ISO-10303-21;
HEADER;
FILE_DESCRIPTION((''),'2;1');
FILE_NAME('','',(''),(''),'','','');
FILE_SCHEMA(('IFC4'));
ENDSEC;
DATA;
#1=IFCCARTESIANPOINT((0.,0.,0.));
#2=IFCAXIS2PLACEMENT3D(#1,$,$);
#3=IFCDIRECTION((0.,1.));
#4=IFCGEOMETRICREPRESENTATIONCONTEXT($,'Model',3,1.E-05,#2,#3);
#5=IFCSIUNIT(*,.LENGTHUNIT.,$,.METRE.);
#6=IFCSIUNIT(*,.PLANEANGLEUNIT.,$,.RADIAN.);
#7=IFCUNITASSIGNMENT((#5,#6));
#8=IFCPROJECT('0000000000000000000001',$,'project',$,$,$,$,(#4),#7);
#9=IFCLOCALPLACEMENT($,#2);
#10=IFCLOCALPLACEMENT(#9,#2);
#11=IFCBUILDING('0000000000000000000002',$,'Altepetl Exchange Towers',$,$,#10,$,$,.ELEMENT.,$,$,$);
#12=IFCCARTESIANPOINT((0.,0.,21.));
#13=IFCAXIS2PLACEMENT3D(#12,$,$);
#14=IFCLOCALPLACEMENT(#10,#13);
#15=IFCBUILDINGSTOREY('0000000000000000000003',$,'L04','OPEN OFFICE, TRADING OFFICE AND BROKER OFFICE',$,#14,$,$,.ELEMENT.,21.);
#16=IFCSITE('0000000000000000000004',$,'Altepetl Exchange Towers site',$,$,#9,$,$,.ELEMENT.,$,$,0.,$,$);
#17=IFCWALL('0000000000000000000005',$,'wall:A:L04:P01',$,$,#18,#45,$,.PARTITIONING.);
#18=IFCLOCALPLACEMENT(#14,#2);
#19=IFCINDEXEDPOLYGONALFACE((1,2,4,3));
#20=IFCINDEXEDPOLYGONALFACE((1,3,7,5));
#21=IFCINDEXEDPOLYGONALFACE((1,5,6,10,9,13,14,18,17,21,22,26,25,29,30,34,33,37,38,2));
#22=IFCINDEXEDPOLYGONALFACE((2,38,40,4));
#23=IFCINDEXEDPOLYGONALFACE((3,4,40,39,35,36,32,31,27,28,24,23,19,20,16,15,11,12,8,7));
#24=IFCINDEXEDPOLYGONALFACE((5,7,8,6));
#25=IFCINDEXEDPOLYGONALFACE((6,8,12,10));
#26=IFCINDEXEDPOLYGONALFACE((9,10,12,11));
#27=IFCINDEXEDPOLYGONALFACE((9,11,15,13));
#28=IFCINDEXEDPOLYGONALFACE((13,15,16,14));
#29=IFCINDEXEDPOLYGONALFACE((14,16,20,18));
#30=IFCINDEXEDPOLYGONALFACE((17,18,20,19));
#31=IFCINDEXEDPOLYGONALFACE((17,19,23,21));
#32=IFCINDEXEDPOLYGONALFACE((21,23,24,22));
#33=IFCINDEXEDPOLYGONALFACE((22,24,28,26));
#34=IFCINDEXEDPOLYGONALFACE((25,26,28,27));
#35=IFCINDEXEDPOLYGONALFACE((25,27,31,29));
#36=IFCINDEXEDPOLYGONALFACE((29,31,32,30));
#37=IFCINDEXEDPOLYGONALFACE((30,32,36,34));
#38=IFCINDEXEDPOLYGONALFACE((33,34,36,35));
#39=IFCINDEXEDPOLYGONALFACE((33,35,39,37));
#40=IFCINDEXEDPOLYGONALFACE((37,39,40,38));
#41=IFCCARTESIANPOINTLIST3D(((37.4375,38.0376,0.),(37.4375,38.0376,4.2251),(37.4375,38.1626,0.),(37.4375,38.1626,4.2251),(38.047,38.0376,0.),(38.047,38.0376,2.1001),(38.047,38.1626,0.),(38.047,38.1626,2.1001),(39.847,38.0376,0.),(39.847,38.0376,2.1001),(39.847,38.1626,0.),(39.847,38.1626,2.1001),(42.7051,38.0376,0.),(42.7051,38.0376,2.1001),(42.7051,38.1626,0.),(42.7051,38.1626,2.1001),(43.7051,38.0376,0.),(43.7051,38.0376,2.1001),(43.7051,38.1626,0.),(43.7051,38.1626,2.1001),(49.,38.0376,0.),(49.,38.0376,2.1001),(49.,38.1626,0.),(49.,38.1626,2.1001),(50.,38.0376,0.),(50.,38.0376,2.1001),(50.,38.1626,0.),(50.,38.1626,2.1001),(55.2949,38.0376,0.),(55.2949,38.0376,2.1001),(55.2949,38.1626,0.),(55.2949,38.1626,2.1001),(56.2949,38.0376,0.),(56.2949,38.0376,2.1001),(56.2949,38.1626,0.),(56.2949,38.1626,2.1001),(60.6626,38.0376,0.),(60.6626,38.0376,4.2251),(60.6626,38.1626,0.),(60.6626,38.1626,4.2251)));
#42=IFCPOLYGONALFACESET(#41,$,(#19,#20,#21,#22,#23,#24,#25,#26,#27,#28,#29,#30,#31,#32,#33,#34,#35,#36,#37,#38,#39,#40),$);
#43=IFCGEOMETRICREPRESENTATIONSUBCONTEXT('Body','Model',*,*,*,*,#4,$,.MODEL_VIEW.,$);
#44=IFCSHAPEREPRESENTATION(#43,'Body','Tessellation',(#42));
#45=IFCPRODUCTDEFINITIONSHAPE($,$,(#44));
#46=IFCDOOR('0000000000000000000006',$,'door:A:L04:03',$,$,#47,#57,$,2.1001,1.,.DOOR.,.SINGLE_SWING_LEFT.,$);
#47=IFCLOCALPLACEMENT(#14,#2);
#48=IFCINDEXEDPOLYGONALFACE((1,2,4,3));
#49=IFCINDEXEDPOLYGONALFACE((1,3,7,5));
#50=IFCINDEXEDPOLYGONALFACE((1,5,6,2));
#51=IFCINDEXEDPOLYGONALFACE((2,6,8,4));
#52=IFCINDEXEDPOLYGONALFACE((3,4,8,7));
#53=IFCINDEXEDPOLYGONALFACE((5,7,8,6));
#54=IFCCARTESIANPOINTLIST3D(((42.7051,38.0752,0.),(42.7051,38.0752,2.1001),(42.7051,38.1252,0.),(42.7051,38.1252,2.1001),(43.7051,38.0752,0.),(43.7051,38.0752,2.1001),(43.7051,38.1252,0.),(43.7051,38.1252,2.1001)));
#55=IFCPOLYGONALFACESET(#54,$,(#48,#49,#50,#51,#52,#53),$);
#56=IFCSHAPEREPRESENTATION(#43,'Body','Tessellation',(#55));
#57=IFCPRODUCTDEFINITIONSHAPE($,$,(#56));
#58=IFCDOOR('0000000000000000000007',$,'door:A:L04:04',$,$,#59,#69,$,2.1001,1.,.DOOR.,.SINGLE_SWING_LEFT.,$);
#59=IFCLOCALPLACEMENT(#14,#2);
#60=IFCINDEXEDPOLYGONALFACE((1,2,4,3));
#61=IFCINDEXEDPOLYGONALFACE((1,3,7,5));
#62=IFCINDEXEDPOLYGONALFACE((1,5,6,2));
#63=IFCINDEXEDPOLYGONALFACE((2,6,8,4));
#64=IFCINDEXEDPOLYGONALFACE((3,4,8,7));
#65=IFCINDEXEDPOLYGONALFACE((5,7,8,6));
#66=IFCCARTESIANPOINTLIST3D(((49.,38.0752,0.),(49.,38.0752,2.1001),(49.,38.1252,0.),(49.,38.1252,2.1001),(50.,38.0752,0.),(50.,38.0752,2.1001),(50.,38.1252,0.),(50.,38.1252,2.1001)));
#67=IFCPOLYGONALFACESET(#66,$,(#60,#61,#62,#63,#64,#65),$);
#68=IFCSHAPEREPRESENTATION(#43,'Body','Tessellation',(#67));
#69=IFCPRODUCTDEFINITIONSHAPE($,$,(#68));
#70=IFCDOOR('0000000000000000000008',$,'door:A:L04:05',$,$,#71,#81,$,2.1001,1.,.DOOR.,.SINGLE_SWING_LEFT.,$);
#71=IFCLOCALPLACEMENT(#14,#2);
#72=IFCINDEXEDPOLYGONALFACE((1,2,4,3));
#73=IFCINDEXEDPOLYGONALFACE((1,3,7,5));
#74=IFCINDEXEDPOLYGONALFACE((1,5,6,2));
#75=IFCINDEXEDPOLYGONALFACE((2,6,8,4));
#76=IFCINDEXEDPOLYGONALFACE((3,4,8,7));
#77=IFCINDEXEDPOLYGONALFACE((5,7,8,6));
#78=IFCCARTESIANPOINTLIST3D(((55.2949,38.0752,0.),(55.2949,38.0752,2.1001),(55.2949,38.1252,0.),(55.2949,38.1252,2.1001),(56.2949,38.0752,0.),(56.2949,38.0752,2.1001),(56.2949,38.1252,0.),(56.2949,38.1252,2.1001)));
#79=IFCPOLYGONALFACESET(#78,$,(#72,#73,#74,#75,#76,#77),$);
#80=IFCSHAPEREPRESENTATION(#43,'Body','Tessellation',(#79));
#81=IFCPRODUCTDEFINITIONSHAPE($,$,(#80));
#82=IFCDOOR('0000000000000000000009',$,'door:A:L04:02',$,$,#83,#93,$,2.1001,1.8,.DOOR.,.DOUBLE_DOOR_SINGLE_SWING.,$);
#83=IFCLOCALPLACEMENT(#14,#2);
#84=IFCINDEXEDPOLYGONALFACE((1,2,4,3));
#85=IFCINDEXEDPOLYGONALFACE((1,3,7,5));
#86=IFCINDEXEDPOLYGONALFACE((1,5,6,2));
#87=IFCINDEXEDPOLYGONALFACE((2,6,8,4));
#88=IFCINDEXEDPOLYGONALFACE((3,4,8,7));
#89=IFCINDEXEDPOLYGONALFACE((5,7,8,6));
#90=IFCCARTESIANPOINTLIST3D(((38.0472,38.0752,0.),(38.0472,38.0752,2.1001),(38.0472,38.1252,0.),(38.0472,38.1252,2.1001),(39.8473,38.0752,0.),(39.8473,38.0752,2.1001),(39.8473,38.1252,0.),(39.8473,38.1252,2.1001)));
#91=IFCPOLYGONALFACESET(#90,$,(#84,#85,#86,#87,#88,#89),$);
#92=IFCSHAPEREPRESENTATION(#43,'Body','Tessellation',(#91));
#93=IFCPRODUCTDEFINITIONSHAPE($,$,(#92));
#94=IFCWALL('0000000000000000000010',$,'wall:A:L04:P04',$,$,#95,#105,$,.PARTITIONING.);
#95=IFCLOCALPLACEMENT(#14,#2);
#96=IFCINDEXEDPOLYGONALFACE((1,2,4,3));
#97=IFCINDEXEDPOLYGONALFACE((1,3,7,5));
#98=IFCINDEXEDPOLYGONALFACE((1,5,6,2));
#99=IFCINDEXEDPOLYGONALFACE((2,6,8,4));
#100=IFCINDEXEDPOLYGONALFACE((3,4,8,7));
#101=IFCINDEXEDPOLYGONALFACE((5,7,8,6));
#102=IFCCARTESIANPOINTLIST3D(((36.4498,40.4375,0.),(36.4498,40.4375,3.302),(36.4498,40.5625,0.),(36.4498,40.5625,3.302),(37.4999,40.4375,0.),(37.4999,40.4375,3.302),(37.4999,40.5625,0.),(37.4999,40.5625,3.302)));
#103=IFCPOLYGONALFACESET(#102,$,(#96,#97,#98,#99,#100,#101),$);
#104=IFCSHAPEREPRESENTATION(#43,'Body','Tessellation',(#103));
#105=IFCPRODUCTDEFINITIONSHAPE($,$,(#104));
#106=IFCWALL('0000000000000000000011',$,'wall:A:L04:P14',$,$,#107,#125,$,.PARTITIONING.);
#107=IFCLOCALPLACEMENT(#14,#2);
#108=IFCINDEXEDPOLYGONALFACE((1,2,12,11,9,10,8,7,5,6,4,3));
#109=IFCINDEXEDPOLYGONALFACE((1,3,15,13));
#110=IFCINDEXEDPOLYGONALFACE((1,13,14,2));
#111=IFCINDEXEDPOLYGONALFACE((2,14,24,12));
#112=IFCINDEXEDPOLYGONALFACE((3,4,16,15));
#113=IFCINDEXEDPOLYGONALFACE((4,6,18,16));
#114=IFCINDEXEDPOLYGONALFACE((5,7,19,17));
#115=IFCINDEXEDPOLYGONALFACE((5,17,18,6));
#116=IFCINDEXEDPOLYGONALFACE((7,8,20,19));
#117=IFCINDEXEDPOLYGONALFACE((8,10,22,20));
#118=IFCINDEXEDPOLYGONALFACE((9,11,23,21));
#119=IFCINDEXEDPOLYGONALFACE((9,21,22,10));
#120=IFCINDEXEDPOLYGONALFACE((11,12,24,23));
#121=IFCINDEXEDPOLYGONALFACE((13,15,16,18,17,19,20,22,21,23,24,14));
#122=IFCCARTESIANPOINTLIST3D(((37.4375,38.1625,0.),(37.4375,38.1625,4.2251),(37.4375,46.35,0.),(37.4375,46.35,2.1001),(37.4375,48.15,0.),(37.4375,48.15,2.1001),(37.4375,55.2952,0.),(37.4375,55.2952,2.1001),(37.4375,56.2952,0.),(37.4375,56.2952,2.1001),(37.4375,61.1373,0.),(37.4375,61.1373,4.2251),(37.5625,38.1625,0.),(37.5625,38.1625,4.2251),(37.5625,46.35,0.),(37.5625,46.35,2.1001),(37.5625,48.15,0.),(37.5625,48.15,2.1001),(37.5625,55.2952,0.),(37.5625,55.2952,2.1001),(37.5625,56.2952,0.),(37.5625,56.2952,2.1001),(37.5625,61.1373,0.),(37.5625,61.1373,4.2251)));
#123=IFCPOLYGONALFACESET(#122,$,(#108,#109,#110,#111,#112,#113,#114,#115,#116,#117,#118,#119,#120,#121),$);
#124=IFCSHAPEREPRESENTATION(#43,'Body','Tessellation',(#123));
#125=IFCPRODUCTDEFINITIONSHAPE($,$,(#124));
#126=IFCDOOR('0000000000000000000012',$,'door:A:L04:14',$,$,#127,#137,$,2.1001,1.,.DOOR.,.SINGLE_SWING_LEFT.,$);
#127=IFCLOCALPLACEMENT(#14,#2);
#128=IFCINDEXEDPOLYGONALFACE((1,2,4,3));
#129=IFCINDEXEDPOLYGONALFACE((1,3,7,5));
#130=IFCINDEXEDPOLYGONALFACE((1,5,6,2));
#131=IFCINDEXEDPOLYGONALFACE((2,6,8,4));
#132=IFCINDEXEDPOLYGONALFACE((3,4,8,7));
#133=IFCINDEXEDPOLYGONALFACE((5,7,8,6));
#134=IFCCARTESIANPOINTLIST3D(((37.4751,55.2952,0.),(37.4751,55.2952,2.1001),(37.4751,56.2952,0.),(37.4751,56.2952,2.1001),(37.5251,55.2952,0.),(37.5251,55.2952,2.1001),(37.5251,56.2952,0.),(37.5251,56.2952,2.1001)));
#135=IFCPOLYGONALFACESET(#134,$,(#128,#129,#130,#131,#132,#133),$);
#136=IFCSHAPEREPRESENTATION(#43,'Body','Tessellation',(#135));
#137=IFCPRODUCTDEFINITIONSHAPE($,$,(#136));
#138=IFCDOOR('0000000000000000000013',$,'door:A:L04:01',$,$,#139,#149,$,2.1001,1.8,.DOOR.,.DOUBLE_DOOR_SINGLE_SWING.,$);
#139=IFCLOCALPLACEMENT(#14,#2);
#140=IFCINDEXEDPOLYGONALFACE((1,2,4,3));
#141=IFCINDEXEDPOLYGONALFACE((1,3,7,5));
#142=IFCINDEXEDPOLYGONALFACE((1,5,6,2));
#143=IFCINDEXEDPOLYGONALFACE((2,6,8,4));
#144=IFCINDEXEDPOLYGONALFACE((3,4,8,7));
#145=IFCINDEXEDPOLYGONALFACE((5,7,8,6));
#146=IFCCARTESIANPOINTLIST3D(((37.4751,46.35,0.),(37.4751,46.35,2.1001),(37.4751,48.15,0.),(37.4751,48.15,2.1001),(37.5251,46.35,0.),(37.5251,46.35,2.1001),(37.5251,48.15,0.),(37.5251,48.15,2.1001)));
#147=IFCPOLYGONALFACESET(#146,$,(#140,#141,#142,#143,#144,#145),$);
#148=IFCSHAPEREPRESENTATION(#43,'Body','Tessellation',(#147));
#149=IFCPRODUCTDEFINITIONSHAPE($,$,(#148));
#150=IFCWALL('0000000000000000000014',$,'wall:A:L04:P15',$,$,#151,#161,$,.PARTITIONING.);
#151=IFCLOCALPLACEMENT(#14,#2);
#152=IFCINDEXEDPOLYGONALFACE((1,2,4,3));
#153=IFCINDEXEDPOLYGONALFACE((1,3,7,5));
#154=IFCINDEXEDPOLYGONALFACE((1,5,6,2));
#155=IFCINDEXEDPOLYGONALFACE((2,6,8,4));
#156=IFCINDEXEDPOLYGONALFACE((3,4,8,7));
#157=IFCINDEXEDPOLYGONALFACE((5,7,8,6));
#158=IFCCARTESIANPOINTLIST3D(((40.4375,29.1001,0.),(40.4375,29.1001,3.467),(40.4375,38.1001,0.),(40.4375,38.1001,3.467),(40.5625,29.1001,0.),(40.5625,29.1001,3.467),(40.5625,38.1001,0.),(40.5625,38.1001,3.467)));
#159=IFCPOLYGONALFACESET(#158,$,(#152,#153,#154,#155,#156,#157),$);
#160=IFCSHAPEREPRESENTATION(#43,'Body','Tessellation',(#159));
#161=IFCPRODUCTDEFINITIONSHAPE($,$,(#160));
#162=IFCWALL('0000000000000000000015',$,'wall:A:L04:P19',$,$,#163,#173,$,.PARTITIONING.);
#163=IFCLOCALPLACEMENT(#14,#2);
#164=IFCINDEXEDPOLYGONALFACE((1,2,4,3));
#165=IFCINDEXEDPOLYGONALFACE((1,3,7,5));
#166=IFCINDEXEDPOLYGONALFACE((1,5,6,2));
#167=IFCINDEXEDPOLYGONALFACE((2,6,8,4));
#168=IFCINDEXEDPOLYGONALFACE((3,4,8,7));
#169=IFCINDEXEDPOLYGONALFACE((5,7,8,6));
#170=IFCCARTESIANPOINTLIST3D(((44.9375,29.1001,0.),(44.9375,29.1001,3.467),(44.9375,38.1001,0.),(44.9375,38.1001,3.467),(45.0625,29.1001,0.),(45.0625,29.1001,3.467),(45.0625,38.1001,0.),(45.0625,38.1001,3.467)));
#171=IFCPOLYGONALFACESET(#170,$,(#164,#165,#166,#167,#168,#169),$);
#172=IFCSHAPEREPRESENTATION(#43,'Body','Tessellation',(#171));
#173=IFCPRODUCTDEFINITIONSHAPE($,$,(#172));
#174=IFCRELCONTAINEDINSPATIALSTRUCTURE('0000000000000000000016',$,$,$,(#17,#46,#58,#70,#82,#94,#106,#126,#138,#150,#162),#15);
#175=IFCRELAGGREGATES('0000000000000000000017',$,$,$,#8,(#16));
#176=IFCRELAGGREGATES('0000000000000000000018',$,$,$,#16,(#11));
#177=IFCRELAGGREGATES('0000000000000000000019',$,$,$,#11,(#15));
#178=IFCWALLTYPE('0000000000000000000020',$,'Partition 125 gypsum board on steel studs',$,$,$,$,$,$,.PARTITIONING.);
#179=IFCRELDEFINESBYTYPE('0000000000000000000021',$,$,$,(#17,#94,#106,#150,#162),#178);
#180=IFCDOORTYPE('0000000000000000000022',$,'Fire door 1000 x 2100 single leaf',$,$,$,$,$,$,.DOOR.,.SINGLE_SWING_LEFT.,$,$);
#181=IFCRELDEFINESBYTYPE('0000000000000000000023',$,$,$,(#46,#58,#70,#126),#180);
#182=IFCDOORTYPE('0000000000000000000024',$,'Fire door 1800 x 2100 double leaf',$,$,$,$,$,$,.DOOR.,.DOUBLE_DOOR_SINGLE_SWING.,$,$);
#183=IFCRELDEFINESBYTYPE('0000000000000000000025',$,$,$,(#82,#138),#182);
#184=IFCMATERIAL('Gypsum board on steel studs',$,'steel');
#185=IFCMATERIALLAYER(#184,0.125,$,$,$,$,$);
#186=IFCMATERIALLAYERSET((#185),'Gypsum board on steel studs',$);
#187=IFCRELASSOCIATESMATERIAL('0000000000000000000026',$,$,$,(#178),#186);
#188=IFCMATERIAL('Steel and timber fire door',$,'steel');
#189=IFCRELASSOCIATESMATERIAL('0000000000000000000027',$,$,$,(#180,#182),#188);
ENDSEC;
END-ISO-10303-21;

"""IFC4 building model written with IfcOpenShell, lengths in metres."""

from ifc_helpers import new_model, si_unit, direction, frame, frame_2d, origin, place, context, subcontext, project, spatial, rectangle, extrude, material, layer, layer_set, type_object, element, fill, save


model = new_model("IFC4")

# Units and contexts
model_context = context("Model", 3, precision=1e-05, world=origin(), true_north=direction((0.0, 1.0)))
body_context = subcontext(model_context, "Body", "Model", "MODEL_VIEW")
ifc_project = project(units=[si_unit("LENGTHUNIT", "METRE"), si_unit("PLANEANGLEUNIT", "RADIAN")], contexts=[model_context])

# Site, building, storey
site_placement = place(None, origin())
site = spatial("IfcSite", under=ifc_project, at=site_placement, Name="Altepetl Exchange Towers site", CompositionType="ELEMENT", RefElevation=0.0)
building_placement = place(site_placement, origin())
building = spatial("IfcBuilding", under=site, at=building_placement, Name="Altepetl Exchange Towers", CompositionType="ELEMENT")
storey_placement = place(building_placement, frame((0.0, 0.0, 21.0)))
storey = spatial("IfcBuildingStorey", under=building, at=storey_placement, Name="L04", Description="OPEN OFFICE, TRADING OFFICE AND BROKER OFFICE", CompositionType="ELEMENT", Elevation=21.0)

# Wall, openings, doors
ifc_material_1 = material(Name="Steel and timber fire door", Category="steel")
ifc_material_2 = material(Name="Gypsum board on steel studs", Category="steel")
ifc_layer_1 = layer(ifc_material_2, 0.125)
ifc_layer_set_1 = layer_set([ifc_layer_1], Name="Gypsum board on steel studs")
wall_type_1 = type_object("IfcWallType", Name="Partition 125 gypsum board on steel studs", PredefinedType="PARTITIONING", material=ifc_layer_set_1)
wall_1_placement = place(storey_placement, frame((37.4375, 38.1001, 0.0)))
wall_1 = element("IfcWall", 1, at=wall_1_placement, inside=storey, type_object=wall_type_1, Name="wall:A:L04:P01", PredefinedType="PARTITIONING", context=body_context, shape_type="SweptSolid", body=[
    extrude(rectangle(XDim=23.2251, YDim=0.125, at=frame_2d((11.6125, 0.0))), origin(), (0.0, 0.0, 1.0), 4.2251),
])
opening_1_placement = place(wall_1_placement, frame((0.6096, 0.0, 0.0)))
opening_1 = element("IfcOpeningElement", 2, at=opening_1_placement, cuts=wall_1, PredefinedType="OPENING", context=body_context, shape_type="SweptSolid", body=[
    extrude(rectangle(XDim=1.8, YDim=2.1001, at=frame_2d((0.8999, 1.05))), frame((0.0, 0.0725, 0.0), z_axis=(0.0, -1.0, 0.0), x_axis=(1.0, 0.0, 0.0)), (0.0, 0.0, 1.0), 0.145),
])
opening_2_placement = place(wall_1_placement, frame((5.2676, 0.0, 0.0)))
opening_2 = element("IfcOpeningElement", 3, at=opening_2_placement, cuts=wall_1, PredefinedType="OPENING", context=body_context, shape_type="SweptSolid", body=[
    extrude(rectangle(XDim=1.0, YDim=2.1001, at=frame_2d((0.5, 1.05))), frame((0.0, 0.0725, 0.0), z_axis=(0.0, -1.0, 0.0), x_axis=(1.0, 0.0, 0.0)), (0.0, 0.0, 1.0), 0.145),
])
opening_3_placement = place(wall_1_placement, frame((11.5625, 0.0, 0.0)))
opening_3 = element("IfcOpeningElement", 4, at=opening_3_placement, cuts=wall_1, PredefinedType="OPENING", context=body_context, shape_type="SweptSolid", body=[
    extrude(rectangle(XDim=1.0, YDim=2.1001, at=frame_2d((0.5, 1.05))), frame((0.0, 0.0725, 0.0), z_axis=(0.0, -1.0, 0.0), x_axis=(1.0, 0.0, 0.0)), (0.0, 0.0, 1.0), 0.145),
])
opening_4_placement = place(wall_1_placement, frame((17.8574, 0.0, 0.0)))
opening_4 = element("IfcOpeningElement", 5, at=opening_4_placement, cuts=wall_1, PredefinedType="OPENING", context=body_context, shape_type="SweptSolid", body=[
    extrude(rectangle(XDim=1.0, YDim=2.1001, at=frame_2d((0.5, 1.05))), frame((0.0, 0.0725, 0.0), z_axis=(0.0, -1.0, 0.0), x_axis=(1.0, 0.0, 0.0)), (0.0, 0.0, 1.0), 0.145),
])
door_type_1 = type_object("IfcDoorType", Name="Fire door 1000 x 2100 single leaf", OperationType="SINGLE_SWING_LEFT", PredefinedType="DOOR", material=ifc_material_1)
door_1_placement = place(opening_2_placement, frame((1.0, 0.0, 0.0), x_axis=(-1.0, 0.0, 0.0)))
door_1 = element("IfcDoor", 6, at=door_1_placement, inside=storey, type_object=door_type_1, Name="door:A:L04:03", OperationType="SINGLE_SWING_LEFT", OverallHeight=2.1001, OverallWidth=1.0, PredefinedType="DOOR", context=body_context, shape_type="SweptSolid", body=[
    extrude(rectangle(XDim=1.0, YDim=2.1001, at=frame_2d((0.5, 1.05))), frame((0.0, 0.0249, 0.0), z_axis=(0.0, -1.0, 0.0), x_axis=(1.0, 0.0, 0.0)), (0.0, 0.0, 1.0), 0.05),
])
fill(opening_2, door_1)
door_2_placement = place(opening_3_placement, frame((1.0, 0.0, 0.0), x_axis=(-1.0, 0.0, 0.0)))
door_2 = element("IfcDoor", 7, at=door_2_placement, inside=storey, type_object=door_type_1, Name="door:A:L04:04", OperationType="SINGLE_SWING_LEFT", OverallHeight=2.1001, OverallWidth=1.0, PredefinedType="DOOR", context=body_context, shape_type="SweptSolid", body=[
    extrude(rectangle(XDim=1.0, YDim=2.1001, at=frame_2d((0.5, 1.05))), frame((0.0, 0.0249, 0.0), z_axis=(0.0, -1.0, 0.0), x_axis=(1.0, 0.0, 0.0)), (0.0, 0.0, 1.0), 0.05),
])
fill(opening_3, door_2)
door_3_placement = place(opening_4_placement, frame((1.0, 0.0, 0.0), x_axis=(-1.0, 0.0, 0.0)))
door_3 = element("IfcDoor", 8, at=door_3_placement, inside=storey, type_object=door_type_1, Name="door:A:L04:05", OperationType="SINGLE_SWING_LEFT", OverallHeight=2.1001, OverallWidth=1.0, PredefinedType="DOOR", context=body_context, shape_type="SweptSolid", body=[
    extrude(rectangle(XDim=1.0, YDim=2.1001, at=frame_2d((0.5, 1.05))), frame((0.0, 0.0249, 0.0), z_axis=(0.0, -1.0, 0.0), x_axis=(1.0, 0.0, 0.0)), (0.0, 0.0, 1.0), 0.05),
])
fill(opening_4, door_3)
door_type_2 = type_object("IfcDoorType", Name="Fire door 1800 x 2100 double leaf", OperationType="DOUBLE_DOOR_SINGLE_SWING", PredefinedType="DOOR", material=ifc_material_1)
door_4_placement = place(opening_1_placement, frame((1.8, 0.0, 0.0), x_axis=(-1.0, 0.0, 0.0)))
door_4 = element("IfcDoor", 9, at=door_4_placement, inside=storey, type_object=door_type_2, Name="door:A:L04:02", OperationType="DOUBLE_DOOR_SINGLE_SWING", OverallHeight=2.1001, OverallWidth=1.8, PredefinedType="DOOR", context=body_context, shape_type="SweptSolid", body=[
    extrude(rectangle(XDim=1.8, YDim=2.1001, at=frame_2d((0.8999, 1.05))), frame((0.0, 0.0249, 0.0), z_axis=(0.0, -1.0, 0.0), x_axis=(1.0, 0.0, 0.0)), (0.0, 0.0, 1.0), 0.05),
])
fill(opening_1, door_4)

# Wall
wall_2_placement = place(storey_placement, frame((36.45, 40.5, 0.0)))
element("IfcWall", 10, at=wall_2_placement, inside=storey, type_object=wall_type_1, Name="wall:A:L04:P04", PredefinedType="PARTITIONING", context=body_context, shape_type="SweptSolid", body=[
    extrude(rectangle(XDim=1.05, YDim=0.125, at=frame_2d((0.5249, 0.0))), origin(), (0.0, 0.0, 1.0), 3.302),
])

# Wall, openings, doors
wall_3_placement = place(storey_placement, frame((37.5, 38.1626, 0.0), z_axis=(0.0, 0.0, 1.0), x_axis=(0.0, 1.0, 0.0)))
wall_3 = element("IfcWall", 11, at=wall_3_placement, inside=storey, type_object=wall_type_1, Name="wall:A:L04:P14", PredefinedType="PARTITIONING", context=body_context, shape_type="SweptSolid", body=[
    extrude(rectangle(XDim=22.9749, YDim=0.125, at=frame_2d((11.4873, 0.0))), origin(), (0.0, 0.0, 1.0), 4.2251),
])
opening_5_placement = place(wall_3_placement, frame((8.1875, 0.0, 0.0)))
opening_5 = element("IfcOpeningElement", 12, at=opening_5_placement, cuts=wall_3, PredefinedType="OPENING", context=body_context, shape_type="SweptSolid", body=[
    extrude(rectangle(XDim=1.8, YDim=2.1001, at=frame_2d((0.8999, 1.05))), frame((0.0, 0.0725, 0.0), z_axis=(0.0, -1.0, 0.0), x_axis=(1.0, 0.0, 0.0)), (0.0, 0.0, 1.0), 0.145),
])
opening_6_placement = place(wall_3_placement, frame((17.1326, 0.0, 0.0)))
opening_6 = element("IfcOpeningElement", 13, at=opening_6_placement, cuts=wall_3, PredefinedType="OPENING", context=body_context, shape_type="SweptSolid", body=[
    extrude(rectangle(XDim=1.0, YDim=2.1001, at=frame_2d((0.5, 1.05))), frame((0.0, 0.0725, 0.0), z_axis=(0.0, -1.0, 0.0), x_axis=(1.0, 0.0, 0.0)), (0.0, 0.0, 1.0), 0.145),
])
door_5_placement = place(opening_6_placement, origin())
door_5 = element("IfcDoor", 14, at=door_5_placement, inside=storey, type_object=door_type_1, Name="door:A:L04:14", OperationType="SINGLE_SWING_LEFT", OverallHeight=2.1001, OverallWidth=1.0, PredefinedType="DOOR", context=body_context, shape_type="SweptSolid", body=[
    extrude(rectangle(XDim=1.0, YDim=2.1001, at=frame_2d((0.5, 1.05))), frame((0.0, 0.0249, 0.0), z_axis=(0.0, -1.0, 0.0), x_axis=(1.0, 0.0, 0.0)), (0.0, 0.0, 1.0), 0.05),
])
fill(opening_6, door_5)
door_6_placement = place(opening_5_placement, origin())
door_6 = element("IfcDoor", 15, at=door_6_placement, inside=storey, type_object=door_type_2, Name="door:A:L04:01", OperationType="DOUBLE_DOOR_SINGLE_SWING", OverallHeight=2.1001, OverallWidth=1.8, PredefinedType="DOOR", context=body_context, shape_type="SweptSolid", body=[
    extrude(rectangle(XDim=1.8, YDim=2.1001, at=frame_2d((0.8999, 1.05))), frame((0.0, 0.0249, 0.0), z_axis=(0.0, -1.0, 0.0), x_axis=(1.0, 0.0, 0.0)), (0.0, 0.0, 1.0), 0.05),
])
fill(opening_5, door_6)

# Walls
for number, where, z_axis, x_axis, name in (
    (16, (40.5, 29.1001, 0.0), (0.0, 0.0, 1.0), (0.0, 1.0, 0.0), "wall:A:L04:P15"),
    (17, (45.0, 29.1001, 0.0), (0.0, 0.0, 1.0), (0.0, 1.0, 0.0), "wall:A:L04:P19"),
):
    element("IfcWall", number, at=place(storey_placement, frame(where, z_axis=z_axis, x_axis=x_axis)), inside=storey, type_object=wall_type_1, Name=name, PredefinedType="PARTITIONING", context=body_context, shape_type="SweptSolid", body=[
        extrude(rectangle(XDim=9.0, YDim=0.125, at=frame_2d((4.5, 0.0))), origin(), (0.0, 0.0, 1.0), 3.467),
    ])

save(model, "model.ifc")
